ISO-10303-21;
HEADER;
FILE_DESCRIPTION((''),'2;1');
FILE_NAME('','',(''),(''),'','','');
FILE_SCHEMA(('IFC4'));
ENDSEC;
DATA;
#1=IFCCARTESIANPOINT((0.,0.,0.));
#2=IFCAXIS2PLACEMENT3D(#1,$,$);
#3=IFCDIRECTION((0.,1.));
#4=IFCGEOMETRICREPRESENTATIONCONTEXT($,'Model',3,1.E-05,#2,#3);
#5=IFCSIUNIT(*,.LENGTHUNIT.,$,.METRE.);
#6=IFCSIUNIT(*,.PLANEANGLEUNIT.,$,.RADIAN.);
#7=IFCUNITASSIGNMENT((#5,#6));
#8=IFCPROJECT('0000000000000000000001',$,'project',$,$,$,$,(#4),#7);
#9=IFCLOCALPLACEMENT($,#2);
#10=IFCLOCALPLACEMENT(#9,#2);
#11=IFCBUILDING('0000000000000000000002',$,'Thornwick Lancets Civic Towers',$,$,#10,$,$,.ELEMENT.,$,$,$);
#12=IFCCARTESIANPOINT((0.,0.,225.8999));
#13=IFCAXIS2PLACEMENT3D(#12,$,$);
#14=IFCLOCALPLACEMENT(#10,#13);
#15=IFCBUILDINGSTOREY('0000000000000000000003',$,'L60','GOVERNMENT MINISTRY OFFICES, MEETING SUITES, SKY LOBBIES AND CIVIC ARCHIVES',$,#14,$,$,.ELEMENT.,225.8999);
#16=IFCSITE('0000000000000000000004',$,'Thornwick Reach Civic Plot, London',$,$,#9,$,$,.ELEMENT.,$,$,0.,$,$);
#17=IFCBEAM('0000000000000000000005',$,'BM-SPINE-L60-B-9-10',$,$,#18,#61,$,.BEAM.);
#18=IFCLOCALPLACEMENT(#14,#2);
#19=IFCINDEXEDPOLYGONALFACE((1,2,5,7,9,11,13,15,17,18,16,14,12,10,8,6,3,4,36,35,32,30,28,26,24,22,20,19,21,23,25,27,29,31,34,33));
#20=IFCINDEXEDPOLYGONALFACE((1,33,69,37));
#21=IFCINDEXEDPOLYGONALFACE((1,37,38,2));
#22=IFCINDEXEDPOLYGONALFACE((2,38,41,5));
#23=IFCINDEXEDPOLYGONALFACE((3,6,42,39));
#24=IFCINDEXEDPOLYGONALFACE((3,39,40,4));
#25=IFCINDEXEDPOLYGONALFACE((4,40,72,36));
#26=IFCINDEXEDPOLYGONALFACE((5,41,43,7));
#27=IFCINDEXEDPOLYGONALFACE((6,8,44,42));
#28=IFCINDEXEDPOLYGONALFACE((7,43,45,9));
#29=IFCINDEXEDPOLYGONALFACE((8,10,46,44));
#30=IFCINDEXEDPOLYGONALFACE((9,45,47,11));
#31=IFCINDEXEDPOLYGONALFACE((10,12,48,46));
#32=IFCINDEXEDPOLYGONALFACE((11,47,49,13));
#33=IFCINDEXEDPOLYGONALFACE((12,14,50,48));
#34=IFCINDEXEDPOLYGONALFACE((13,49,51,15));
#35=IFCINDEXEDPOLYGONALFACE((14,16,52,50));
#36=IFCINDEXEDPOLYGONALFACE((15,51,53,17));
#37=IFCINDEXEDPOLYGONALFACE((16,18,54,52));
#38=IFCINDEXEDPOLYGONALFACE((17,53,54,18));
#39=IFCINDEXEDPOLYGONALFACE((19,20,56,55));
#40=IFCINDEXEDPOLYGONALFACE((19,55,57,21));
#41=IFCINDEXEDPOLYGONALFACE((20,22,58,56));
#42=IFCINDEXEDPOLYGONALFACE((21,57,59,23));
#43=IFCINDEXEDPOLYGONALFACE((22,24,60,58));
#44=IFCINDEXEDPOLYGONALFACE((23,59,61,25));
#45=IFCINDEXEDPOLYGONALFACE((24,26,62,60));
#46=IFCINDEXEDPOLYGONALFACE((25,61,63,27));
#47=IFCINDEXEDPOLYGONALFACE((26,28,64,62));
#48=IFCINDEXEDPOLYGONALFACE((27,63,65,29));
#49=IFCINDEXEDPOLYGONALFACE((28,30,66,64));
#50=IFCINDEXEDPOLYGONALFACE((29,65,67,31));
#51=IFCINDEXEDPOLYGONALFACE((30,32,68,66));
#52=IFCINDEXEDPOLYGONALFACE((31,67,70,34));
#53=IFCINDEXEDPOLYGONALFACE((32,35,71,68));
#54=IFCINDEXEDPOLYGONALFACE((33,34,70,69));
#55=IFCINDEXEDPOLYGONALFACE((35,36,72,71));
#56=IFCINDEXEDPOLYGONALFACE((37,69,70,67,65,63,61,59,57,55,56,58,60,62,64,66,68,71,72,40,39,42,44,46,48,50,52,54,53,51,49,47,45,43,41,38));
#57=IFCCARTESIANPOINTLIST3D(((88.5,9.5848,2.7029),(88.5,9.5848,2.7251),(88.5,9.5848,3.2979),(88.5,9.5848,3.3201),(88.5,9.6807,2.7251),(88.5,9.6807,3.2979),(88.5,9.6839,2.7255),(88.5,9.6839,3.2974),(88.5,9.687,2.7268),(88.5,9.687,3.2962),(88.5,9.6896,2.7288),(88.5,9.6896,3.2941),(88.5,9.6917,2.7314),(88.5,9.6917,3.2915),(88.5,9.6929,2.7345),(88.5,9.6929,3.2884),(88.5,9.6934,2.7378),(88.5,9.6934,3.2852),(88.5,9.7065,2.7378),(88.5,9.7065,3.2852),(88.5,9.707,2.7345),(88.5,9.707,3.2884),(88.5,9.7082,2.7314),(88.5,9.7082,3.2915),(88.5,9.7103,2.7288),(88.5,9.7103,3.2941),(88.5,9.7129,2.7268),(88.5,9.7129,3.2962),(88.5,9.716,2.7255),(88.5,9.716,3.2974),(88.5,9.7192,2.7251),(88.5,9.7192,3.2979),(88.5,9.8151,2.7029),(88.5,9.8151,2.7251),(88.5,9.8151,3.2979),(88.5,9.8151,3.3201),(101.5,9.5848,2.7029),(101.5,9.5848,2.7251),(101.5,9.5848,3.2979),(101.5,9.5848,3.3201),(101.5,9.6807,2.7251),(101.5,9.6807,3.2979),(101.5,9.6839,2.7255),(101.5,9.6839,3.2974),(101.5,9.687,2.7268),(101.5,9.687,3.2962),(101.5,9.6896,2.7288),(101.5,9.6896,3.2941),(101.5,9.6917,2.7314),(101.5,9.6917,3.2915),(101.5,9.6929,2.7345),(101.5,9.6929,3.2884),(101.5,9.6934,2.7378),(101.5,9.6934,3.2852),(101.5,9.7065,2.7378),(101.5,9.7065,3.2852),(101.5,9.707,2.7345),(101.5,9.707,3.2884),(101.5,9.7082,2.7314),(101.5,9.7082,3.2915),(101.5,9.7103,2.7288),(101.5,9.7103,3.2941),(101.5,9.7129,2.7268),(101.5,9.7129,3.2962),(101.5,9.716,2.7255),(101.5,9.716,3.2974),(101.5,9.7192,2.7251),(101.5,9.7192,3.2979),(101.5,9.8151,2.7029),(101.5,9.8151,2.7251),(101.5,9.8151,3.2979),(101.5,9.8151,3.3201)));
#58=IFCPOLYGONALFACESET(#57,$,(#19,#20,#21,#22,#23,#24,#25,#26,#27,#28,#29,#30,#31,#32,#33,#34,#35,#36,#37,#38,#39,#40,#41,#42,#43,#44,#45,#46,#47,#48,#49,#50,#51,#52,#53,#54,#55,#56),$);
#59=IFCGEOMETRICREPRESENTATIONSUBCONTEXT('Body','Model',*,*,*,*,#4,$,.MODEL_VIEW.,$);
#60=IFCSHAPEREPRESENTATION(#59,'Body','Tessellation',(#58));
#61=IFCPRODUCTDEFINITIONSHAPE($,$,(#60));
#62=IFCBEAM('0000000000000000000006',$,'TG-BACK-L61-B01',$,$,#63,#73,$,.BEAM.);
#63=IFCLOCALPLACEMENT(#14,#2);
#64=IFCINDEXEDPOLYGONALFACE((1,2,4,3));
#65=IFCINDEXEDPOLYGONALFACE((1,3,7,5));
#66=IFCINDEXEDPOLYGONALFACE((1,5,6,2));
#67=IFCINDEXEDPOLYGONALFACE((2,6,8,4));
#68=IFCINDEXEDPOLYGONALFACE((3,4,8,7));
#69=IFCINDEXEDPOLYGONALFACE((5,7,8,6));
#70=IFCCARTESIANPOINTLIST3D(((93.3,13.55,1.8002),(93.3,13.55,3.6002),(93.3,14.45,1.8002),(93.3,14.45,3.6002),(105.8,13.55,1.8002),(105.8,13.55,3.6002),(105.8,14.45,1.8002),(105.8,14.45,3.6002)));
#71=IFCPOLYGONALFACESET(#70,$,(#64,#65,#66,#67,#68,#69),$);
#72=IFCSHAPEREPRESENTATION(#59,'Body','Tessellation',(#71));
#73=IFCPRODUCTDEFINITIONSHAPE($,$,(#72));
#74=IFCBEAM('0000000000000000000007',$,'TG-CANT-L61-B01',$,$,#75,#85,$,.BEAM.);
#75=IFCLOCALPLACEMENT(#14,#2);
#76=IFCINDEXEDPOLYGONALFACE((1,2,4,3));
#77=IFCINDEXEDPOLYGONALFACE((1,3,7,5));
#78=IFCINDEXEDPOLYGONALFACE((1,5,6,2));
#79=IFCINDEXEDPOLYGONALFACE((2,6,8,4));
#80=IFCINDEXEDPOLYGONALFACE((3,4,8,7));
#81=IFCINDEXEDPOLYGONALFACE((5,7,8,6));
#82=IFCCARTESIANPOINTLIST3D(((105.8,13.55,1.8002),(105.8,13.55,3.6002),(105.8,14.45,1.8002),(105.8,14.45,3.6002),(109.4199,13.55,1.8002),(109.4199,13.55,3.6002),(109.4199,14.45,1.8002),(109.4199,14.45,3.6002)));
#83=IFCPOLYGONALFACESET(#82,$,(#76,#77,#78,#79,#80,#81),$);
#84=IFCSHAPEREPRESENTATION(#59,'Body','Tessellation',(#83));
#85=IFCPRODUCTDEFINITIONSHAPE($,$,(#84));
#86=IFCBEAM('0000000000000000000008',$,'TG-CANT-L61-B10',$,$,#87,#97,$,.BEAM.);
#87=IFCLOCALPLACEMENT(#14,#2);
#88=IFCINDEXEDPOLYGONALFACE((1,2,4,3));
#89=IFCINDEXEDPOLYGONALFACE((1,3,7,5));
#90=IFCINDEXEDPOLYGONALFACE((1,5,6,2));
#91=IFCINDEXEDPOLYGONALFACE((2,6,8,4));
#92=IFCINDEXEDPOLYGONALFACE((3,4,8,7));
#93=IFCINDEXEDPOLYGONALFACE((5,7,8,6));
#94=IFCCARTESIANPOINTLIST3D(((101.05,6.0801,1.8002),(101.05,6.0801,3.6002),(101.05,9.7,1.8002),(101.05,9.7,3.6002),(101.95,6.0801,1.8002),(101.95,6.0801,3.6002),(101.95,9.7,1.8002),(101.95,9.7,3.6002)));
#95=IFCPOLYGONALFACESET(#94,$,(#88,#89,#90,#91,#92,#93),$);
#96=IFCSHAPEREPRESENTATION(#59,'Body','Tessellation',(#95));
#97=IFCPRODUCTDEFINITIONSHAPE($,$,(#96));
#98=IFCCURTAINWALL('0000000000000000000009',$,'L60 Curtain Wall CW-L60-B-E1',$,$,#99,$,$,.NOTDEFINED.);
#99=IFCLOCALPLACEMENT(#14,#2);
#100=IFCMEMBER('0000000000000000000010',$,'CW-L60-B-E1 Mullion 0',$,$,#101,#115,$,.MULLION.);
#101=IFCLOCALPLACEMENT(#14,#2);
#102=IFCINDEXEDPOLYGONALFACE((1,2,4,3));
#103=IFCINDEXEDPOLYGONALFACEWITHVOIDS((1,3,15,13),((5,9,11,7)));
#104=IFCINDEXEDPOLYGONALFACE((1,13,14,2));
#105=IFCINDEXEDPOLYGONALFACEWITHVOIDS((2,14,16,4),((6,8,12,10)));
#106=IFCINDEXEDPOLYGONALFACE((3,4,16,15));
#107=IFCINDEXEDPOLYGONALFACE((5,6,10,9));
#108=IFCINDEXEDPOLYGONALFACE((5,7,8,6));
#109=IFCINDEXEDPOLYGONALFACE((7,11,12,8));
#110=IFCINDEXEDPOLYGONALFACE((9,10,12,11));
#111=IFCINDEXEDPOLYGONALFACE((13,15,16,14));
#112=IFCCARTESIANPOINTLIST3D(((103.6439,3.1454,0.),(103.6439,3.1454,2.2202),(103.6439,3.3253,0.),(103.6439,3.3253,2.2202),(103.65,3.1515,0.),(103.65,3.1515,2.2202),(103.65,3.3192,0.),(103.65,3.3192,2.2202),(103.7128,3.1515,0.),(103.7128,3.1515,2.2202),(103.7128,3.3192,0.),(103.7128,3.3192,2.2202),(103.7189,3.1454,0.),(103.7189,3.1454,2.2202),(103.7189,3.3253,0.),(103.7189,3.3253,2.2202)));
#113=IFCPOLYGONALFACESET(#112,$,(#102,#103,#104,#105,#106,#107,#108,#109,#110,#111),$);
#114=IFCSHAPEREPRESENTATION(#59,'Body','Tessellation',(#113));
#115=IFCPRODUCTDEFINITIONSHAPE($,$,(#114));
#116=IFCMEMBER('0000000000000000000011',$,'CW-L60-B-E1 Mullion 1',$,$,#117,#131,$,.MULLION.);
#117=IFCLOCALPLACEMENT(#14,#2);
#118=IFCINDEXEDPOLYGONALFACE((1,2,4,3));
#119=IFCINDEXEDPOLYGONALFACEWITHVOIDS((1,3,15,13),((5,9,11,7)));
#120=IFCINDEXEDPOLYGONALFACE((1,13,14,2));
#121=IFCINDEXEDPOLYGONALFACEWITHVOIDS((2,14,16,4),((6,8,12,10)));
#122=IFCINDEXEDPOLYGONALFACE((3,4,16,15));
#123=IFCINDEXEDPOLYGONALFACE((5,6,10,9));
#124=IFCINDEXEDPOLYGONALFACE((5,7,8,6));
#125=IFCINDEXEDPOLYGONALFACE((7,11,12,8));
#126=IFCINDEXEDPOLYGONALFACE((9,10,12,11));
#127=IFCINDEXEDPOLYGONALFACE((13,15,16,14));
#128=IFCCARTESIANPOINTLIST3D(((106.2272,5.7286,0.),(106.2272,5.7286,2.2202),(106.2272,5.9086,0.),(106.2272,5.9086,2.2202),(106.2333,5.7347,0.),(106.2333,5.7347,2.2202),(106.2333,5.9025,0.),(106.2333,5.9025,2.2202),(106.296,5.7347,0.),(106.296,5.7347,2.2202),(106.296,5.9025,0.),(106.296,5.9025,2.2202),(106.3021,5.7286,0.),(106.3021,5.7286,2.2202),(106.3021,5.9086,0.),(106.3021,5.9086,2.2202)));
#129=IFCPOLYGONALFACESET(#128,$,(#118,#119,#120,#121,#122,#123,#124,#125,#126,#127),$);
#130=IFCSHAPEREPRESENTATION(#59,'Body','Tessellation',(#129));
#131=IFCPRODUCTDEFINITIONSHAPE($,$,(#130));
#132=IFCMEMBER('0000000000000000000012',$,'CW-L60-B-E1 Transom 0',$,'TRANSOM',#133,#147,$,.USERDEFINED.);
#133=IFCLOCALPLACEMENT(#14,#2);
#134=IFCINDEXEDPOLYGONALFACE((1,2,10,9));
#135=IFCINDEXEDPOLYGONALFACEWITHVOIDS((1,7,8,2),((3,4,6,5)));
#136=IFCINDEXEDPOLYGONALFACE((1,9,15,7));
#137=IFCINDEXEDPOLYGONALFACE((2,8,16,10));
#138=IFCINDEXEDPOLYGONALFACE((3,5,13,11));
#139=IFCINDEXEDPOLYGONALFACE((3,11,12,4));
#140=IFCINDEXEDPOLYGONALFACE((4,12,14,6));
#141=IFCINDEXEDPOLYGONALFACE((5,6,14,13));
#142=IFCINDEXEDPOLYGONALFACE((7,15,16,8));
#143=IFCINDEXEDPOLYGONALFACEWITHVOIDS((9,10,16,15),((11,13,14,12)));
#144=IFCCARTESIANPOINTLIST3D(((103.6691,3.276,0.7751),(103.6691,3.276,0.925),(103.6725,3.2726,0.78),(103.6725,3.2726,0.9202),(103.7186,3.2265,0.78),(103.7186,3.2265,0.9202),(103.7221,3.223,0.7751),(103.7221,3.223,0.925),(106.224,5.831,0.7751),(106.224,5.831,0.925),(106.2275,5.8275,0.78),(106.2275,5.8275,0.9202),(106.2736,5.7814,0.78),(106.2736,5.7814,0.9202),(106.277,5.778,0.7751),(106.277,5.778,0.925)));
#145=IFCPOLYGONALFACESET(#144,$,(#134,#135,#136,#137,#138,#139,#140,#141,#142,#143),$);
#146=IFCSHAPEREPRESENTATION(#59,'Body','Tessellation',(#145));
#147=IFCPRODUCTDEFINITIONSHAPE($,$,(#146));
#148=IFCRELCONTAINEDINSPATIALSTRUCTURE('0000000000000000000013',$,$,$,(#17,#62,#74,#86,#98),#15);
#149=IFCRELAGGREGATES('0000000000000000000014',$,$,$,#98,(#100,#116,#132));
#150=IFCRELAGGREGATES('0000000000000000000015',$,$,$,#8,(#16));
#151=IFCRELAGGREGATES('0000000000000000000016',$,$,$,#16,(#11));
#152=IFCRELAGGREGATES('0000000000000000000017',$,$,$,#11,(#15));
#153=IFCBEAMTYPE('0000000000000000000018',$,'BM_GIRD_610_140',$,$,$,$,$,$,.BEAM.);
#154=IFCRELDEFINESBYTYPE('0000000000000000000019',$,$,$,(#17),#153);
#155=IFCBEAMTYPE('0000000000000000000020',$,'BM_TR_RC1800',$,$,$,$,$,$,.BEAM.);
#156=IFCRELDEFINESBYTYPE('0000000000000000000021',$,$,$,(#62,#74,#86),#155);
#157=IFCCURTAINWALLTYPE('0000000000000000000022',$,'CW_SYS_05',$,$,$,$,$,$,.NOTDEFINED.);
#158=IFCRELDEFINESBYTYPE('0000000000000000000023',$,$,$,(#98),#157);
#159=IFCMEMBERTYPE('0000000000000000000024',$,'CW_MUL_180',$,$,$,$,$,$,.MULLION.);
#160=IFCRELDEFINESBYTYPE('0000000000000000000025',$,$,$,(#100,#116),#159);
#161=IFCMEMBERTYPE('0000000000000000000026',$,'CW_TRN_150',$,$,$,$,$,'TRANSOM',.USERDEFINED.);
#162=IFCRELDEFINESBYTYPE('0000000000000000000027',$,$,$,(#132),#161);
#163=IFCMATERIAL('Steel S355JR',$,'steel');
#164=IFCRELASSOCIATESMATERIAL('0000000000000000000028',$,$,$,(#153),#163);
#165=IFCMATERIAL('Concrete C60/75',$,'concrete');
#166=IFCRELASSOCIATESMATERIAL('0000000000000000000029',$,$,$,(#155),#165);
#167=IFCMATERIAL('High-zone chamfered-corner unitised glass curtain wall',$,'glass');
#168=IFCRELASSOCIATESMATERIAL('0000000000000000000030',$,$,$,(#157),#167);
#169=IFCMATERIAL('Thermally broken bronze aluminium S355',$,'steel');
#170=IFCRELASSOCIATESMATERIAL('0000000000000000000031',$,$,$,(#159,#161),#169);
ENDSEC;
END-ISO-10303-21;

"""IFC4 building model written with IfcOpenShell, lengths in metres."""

from ifc_helpers import new_model, si_unit, direction, frame, origin, origin_2d, place, context, subcontext, project, spatial, rectangle, hollow_rectangle, i_section, extrude, material, material_profile, profile_set, type_object, element, aggregate, save


model = new_model("IFC4")

# Units and contexts
model_context = context("Model", 3, precision=1e-05, world=origin(), true_north=direction((0.0, 1.0)))
body_context = subcontext(model_context, "Body", "Model", "MODEL_VIEW")
ifc_project = project(units=[si_unit("LENGTHUNIT", "METRE"), si_unit("PLANEANGLEUNIT", "RADIAN")], contexts=[model_context])

# Site, building, storey
site_placement = place(None, origin())
site = spatial("IfcSite", under=ifc_project, at=site_placement, Name="Thornwick Reach Civic Plot, London", CompositionType="ELEMENT", RefElevation=0.0)
building_placement = place(site_placement, origin())
building = spatial("IfcBuilding", under=site, at=building_placement, Name="Thornwick Lancets Civic Towers", CompositionType="ELEMENT")
storey_placement = place(building_placement, frame((0.0, 0.0, 225.8999)))
storey = spatial("IfcBuildingStorey", under=building, at=storey_placement, Name="L60", Description="GOVERNMENT MINISTRY OFFICES, MEETING SUITES, SKY LOBBIES AND CIVIC ARCHIVES", CompositionType="ELEMENT", Elevation=225.8999)

# Shared definitions
ifc_material_1 = material(Name="Steel S355JR", Category="steel")

# Beams
ifc_material_profile_1 = material_profile(ifc_material_1, i_section(OverallWidth=0.2302, OverallDepth=0.6172, WebThickness=0.0132, FlangeThickness=0.0222, FilletRadius=0.0127, at=origin_2d()), Name="UKB 610x229x140")
ifc_profile_set_1 = profile_set([ifc_material_profile_1], Name="Steel S355JR")
beam_type_1 = type_object("IfcBeamType", Name="BM_GIRD_610_140", PredefinedType="BEAM", material=ifc_profile_set_1)
for number, where, z_axis, x_axis, name in (
    (1, (101.5, 9.7, 3.0115), (-1.0, 0.0, 0.0), (0.0, -1.0, 0.0), "BM-SPINE-L60-B-9-10"),
):
    element("IfcBeam", number, at=place(storey_placement, frame(where, z_axis=z_axis, x_axis=x_axis)), inside=storey, type_object=beam_type_1, Name=name, PredefinedType="BEAM", context=body_context, shape_type="SweptSolid", body=[
        extrude(i_section(OverallWidth=0.2302, OverallDepth=0.6172, WebThickness=0.0132, FlangeThickness=0.0222, FilletRadius=0.0127, at=origin_2d()), origin(), (0.0, 0.0, 1.0), 13.0),
    ])
ifc_material_2 = material(Name="Concrete C60/75", Category="concrete")
ifc_material_profile_2 = material_profile(ifc_material_2, rectangle(XDim=0.8999, YDim=1.8, at=origin_2d()), Name="RC 900x1800")
ifc_profile_set_2 = profile_set([ifc_material_profile_2], Name="Concrete C60/75")
beam_type_2 = type_object("IfcBeamType", Name="BM_TR_RC1800", PredefinedType="BEAM", material=ifc_profile_set_2)
beam_1_placement = place(storey_placement, frame((93.3, 14.0, 2.7002), z_axis=(1.0, 0.0, 0.0), x_axis=(0.0, 1.0, 0.0)))
element("IfcBeam", 2, at=beam_1_placement, inside=storey, type_object=beam_type_2, Name="TG-BACK-L61-B01", PredefinedType="BEAM", context=body_context, shape_type="SweptSolid", body=[
    extrude(rectangle(XDim=0.8999, YDim=1.8, at=origin_2d()), origin(), (0.0, 0.0, 1.0), 12.5),
])
for number, where, z_axis, x_axis, name in (
    (3, (105.8, 14.0, 2.7002), (1.0, 0.0, 0.0), (0.0, 1.0, 0.0), "TG-CANT-L61-B01"),
    (4, (101.5, 9.7, 2.7002), (0.0, -1.0, 0.0), (1.0, 0.0, 0.0), "TG-CANT-L61-B10"),
):
    element("IfcBeam", number, at=place(storey_placement, frame(where, z_axis=z_axis, x_axis=x_axis)), inside=storey, type_object=beam_type_2, Name=name, PredefinedType="BEAM", context=body_context, shape_type="SweptSolid", body=[
        extrude(rectangle(XDim=0.8999, YDim=1.8, at=origin_2d()), origin(), (0.0, 0.0, 1.0), 3.6199),
    ])

# Curtain wall, members
ifc_material_3 = material(Name="High-zone chamfered-corner unitised glass curtain wall", Category="glass")
curtain_wall_type = type_object("IfcCurtainWallType", Name="CW_SYS_05", PredefinedType="NOTDEFINED", material=ifc_material_3)
curtain_wall_placement = place(storey_placement, origin())
curtain_wall = element("IfcCurtainWall", 5, at=curtain_wall_placement, inside=storey, type_object=curtain_wall_type, Name="L60 Curtain Wall CW-L60-B-E1", PredefinedType="NOTDEFINED")
ifc_material_4 = material(Name="Thermally broken bronze aluminium S355", Category="steel")
ifc_material_profile_3 = material_profile(ifc_material_4, hollow_rectangle(XDim=0.075, YDim=0.1799, WallThickness=0.0061, at=origin_2d()), Name="RHS 180x75x6")
ifc_profile_set_3 = profile_set([ifc_material_profile_3], Name="Thermally broken bronze aluminium S355")
member_type_1 = type_object("IfcMemberType", Name="CW_MUL_180", PredefinedType="MULLION", material=ifc_profile_set_3)
member_1_placement = place(storey_placement, frame((103.6814, 3.2354, 0.0), z_axis=(0.0, 0.0, 1.0), x_axis=(1.0, 0.0, 0.0)))
member_1 = element("IfcMember", 6, at=member_1_placement, type_object=member_type_1, Name="CW-L60-B-E1 Mullion 0", PredefinedType="MULLION", context=body_context, shape_type="SweptSolid", body=[
    extrude(hollow_rectangle(XDim=0.075, YDim=0.1799, WallThickness=0.0061, at=origin_2d()), origin(), (0.0, 0.0, 1.0), 2.2202),
])
member_2_placement = place(storey_placement, frame((106.2646, 5.8186, 0.0), z_axis=(0.0, 0.0, 1.0), x_axis=(1.0, 0.0, 0.0)))
member_2 = element("IfcMember", 7, at=member_2_placement, type_object=member_type_1, Name="CW-L60-B-E1 Mullion 1", PredefinedType="MULLION", context=body_context, shape_type="SweptSolid", body=[
    extrude(hollow_rectangle(XDim=0.075, YDim=0.1799, WallThickness=0.0061, at=origin_2d()), origin(), (0.0, 0.0, 1.0), 2.2202),
])
ifc_material_profile_4 = material_profile(ifc_material_4, hollow_rectangle(XDim=0.075, YDim=0.1499, WallThickness=0.0049, at=origin_2d()), Name="RHS 150x75x5")
ifc_profile_set_4 = profile_set([ifc_material_profile_4], Name="Thermally broken bronze aluminium S355")
member_type_2 = type_object("IfcMemberType", Name="CW_TRN_150", ElementType="TRANSOM", PredefinedType="USERDEFINED", material=ifc_profile_set_4)
member_3_placement = place(storey_placement, frame((103.6956, 3.2495, 0.8501), z_axis=(0.707107, 0.707107, 0.0), x_axis=(-0.707107, 0.707107, 0.0)))
member_3 = element("IfcMember", 8, at=member_3_placement, type_object=member_type_2, Name="CW-L60-B-E1 Transom 0", ObjectType="TRANSOM", PredefinedType="USERDEFINED", context=body_context, shape_type="SweptSolid", body=[
    extrude(hollow_rectangle(XDim=0.075, YDim=0.1499, WallThickness=0.0049, at=origin_2d()), origin(), (0.0, 0.0, 1.0), 3.6133),
])

aggregate(curtain_wall, [member_1, member_2, member_3])

save(model, "model.ifc")
